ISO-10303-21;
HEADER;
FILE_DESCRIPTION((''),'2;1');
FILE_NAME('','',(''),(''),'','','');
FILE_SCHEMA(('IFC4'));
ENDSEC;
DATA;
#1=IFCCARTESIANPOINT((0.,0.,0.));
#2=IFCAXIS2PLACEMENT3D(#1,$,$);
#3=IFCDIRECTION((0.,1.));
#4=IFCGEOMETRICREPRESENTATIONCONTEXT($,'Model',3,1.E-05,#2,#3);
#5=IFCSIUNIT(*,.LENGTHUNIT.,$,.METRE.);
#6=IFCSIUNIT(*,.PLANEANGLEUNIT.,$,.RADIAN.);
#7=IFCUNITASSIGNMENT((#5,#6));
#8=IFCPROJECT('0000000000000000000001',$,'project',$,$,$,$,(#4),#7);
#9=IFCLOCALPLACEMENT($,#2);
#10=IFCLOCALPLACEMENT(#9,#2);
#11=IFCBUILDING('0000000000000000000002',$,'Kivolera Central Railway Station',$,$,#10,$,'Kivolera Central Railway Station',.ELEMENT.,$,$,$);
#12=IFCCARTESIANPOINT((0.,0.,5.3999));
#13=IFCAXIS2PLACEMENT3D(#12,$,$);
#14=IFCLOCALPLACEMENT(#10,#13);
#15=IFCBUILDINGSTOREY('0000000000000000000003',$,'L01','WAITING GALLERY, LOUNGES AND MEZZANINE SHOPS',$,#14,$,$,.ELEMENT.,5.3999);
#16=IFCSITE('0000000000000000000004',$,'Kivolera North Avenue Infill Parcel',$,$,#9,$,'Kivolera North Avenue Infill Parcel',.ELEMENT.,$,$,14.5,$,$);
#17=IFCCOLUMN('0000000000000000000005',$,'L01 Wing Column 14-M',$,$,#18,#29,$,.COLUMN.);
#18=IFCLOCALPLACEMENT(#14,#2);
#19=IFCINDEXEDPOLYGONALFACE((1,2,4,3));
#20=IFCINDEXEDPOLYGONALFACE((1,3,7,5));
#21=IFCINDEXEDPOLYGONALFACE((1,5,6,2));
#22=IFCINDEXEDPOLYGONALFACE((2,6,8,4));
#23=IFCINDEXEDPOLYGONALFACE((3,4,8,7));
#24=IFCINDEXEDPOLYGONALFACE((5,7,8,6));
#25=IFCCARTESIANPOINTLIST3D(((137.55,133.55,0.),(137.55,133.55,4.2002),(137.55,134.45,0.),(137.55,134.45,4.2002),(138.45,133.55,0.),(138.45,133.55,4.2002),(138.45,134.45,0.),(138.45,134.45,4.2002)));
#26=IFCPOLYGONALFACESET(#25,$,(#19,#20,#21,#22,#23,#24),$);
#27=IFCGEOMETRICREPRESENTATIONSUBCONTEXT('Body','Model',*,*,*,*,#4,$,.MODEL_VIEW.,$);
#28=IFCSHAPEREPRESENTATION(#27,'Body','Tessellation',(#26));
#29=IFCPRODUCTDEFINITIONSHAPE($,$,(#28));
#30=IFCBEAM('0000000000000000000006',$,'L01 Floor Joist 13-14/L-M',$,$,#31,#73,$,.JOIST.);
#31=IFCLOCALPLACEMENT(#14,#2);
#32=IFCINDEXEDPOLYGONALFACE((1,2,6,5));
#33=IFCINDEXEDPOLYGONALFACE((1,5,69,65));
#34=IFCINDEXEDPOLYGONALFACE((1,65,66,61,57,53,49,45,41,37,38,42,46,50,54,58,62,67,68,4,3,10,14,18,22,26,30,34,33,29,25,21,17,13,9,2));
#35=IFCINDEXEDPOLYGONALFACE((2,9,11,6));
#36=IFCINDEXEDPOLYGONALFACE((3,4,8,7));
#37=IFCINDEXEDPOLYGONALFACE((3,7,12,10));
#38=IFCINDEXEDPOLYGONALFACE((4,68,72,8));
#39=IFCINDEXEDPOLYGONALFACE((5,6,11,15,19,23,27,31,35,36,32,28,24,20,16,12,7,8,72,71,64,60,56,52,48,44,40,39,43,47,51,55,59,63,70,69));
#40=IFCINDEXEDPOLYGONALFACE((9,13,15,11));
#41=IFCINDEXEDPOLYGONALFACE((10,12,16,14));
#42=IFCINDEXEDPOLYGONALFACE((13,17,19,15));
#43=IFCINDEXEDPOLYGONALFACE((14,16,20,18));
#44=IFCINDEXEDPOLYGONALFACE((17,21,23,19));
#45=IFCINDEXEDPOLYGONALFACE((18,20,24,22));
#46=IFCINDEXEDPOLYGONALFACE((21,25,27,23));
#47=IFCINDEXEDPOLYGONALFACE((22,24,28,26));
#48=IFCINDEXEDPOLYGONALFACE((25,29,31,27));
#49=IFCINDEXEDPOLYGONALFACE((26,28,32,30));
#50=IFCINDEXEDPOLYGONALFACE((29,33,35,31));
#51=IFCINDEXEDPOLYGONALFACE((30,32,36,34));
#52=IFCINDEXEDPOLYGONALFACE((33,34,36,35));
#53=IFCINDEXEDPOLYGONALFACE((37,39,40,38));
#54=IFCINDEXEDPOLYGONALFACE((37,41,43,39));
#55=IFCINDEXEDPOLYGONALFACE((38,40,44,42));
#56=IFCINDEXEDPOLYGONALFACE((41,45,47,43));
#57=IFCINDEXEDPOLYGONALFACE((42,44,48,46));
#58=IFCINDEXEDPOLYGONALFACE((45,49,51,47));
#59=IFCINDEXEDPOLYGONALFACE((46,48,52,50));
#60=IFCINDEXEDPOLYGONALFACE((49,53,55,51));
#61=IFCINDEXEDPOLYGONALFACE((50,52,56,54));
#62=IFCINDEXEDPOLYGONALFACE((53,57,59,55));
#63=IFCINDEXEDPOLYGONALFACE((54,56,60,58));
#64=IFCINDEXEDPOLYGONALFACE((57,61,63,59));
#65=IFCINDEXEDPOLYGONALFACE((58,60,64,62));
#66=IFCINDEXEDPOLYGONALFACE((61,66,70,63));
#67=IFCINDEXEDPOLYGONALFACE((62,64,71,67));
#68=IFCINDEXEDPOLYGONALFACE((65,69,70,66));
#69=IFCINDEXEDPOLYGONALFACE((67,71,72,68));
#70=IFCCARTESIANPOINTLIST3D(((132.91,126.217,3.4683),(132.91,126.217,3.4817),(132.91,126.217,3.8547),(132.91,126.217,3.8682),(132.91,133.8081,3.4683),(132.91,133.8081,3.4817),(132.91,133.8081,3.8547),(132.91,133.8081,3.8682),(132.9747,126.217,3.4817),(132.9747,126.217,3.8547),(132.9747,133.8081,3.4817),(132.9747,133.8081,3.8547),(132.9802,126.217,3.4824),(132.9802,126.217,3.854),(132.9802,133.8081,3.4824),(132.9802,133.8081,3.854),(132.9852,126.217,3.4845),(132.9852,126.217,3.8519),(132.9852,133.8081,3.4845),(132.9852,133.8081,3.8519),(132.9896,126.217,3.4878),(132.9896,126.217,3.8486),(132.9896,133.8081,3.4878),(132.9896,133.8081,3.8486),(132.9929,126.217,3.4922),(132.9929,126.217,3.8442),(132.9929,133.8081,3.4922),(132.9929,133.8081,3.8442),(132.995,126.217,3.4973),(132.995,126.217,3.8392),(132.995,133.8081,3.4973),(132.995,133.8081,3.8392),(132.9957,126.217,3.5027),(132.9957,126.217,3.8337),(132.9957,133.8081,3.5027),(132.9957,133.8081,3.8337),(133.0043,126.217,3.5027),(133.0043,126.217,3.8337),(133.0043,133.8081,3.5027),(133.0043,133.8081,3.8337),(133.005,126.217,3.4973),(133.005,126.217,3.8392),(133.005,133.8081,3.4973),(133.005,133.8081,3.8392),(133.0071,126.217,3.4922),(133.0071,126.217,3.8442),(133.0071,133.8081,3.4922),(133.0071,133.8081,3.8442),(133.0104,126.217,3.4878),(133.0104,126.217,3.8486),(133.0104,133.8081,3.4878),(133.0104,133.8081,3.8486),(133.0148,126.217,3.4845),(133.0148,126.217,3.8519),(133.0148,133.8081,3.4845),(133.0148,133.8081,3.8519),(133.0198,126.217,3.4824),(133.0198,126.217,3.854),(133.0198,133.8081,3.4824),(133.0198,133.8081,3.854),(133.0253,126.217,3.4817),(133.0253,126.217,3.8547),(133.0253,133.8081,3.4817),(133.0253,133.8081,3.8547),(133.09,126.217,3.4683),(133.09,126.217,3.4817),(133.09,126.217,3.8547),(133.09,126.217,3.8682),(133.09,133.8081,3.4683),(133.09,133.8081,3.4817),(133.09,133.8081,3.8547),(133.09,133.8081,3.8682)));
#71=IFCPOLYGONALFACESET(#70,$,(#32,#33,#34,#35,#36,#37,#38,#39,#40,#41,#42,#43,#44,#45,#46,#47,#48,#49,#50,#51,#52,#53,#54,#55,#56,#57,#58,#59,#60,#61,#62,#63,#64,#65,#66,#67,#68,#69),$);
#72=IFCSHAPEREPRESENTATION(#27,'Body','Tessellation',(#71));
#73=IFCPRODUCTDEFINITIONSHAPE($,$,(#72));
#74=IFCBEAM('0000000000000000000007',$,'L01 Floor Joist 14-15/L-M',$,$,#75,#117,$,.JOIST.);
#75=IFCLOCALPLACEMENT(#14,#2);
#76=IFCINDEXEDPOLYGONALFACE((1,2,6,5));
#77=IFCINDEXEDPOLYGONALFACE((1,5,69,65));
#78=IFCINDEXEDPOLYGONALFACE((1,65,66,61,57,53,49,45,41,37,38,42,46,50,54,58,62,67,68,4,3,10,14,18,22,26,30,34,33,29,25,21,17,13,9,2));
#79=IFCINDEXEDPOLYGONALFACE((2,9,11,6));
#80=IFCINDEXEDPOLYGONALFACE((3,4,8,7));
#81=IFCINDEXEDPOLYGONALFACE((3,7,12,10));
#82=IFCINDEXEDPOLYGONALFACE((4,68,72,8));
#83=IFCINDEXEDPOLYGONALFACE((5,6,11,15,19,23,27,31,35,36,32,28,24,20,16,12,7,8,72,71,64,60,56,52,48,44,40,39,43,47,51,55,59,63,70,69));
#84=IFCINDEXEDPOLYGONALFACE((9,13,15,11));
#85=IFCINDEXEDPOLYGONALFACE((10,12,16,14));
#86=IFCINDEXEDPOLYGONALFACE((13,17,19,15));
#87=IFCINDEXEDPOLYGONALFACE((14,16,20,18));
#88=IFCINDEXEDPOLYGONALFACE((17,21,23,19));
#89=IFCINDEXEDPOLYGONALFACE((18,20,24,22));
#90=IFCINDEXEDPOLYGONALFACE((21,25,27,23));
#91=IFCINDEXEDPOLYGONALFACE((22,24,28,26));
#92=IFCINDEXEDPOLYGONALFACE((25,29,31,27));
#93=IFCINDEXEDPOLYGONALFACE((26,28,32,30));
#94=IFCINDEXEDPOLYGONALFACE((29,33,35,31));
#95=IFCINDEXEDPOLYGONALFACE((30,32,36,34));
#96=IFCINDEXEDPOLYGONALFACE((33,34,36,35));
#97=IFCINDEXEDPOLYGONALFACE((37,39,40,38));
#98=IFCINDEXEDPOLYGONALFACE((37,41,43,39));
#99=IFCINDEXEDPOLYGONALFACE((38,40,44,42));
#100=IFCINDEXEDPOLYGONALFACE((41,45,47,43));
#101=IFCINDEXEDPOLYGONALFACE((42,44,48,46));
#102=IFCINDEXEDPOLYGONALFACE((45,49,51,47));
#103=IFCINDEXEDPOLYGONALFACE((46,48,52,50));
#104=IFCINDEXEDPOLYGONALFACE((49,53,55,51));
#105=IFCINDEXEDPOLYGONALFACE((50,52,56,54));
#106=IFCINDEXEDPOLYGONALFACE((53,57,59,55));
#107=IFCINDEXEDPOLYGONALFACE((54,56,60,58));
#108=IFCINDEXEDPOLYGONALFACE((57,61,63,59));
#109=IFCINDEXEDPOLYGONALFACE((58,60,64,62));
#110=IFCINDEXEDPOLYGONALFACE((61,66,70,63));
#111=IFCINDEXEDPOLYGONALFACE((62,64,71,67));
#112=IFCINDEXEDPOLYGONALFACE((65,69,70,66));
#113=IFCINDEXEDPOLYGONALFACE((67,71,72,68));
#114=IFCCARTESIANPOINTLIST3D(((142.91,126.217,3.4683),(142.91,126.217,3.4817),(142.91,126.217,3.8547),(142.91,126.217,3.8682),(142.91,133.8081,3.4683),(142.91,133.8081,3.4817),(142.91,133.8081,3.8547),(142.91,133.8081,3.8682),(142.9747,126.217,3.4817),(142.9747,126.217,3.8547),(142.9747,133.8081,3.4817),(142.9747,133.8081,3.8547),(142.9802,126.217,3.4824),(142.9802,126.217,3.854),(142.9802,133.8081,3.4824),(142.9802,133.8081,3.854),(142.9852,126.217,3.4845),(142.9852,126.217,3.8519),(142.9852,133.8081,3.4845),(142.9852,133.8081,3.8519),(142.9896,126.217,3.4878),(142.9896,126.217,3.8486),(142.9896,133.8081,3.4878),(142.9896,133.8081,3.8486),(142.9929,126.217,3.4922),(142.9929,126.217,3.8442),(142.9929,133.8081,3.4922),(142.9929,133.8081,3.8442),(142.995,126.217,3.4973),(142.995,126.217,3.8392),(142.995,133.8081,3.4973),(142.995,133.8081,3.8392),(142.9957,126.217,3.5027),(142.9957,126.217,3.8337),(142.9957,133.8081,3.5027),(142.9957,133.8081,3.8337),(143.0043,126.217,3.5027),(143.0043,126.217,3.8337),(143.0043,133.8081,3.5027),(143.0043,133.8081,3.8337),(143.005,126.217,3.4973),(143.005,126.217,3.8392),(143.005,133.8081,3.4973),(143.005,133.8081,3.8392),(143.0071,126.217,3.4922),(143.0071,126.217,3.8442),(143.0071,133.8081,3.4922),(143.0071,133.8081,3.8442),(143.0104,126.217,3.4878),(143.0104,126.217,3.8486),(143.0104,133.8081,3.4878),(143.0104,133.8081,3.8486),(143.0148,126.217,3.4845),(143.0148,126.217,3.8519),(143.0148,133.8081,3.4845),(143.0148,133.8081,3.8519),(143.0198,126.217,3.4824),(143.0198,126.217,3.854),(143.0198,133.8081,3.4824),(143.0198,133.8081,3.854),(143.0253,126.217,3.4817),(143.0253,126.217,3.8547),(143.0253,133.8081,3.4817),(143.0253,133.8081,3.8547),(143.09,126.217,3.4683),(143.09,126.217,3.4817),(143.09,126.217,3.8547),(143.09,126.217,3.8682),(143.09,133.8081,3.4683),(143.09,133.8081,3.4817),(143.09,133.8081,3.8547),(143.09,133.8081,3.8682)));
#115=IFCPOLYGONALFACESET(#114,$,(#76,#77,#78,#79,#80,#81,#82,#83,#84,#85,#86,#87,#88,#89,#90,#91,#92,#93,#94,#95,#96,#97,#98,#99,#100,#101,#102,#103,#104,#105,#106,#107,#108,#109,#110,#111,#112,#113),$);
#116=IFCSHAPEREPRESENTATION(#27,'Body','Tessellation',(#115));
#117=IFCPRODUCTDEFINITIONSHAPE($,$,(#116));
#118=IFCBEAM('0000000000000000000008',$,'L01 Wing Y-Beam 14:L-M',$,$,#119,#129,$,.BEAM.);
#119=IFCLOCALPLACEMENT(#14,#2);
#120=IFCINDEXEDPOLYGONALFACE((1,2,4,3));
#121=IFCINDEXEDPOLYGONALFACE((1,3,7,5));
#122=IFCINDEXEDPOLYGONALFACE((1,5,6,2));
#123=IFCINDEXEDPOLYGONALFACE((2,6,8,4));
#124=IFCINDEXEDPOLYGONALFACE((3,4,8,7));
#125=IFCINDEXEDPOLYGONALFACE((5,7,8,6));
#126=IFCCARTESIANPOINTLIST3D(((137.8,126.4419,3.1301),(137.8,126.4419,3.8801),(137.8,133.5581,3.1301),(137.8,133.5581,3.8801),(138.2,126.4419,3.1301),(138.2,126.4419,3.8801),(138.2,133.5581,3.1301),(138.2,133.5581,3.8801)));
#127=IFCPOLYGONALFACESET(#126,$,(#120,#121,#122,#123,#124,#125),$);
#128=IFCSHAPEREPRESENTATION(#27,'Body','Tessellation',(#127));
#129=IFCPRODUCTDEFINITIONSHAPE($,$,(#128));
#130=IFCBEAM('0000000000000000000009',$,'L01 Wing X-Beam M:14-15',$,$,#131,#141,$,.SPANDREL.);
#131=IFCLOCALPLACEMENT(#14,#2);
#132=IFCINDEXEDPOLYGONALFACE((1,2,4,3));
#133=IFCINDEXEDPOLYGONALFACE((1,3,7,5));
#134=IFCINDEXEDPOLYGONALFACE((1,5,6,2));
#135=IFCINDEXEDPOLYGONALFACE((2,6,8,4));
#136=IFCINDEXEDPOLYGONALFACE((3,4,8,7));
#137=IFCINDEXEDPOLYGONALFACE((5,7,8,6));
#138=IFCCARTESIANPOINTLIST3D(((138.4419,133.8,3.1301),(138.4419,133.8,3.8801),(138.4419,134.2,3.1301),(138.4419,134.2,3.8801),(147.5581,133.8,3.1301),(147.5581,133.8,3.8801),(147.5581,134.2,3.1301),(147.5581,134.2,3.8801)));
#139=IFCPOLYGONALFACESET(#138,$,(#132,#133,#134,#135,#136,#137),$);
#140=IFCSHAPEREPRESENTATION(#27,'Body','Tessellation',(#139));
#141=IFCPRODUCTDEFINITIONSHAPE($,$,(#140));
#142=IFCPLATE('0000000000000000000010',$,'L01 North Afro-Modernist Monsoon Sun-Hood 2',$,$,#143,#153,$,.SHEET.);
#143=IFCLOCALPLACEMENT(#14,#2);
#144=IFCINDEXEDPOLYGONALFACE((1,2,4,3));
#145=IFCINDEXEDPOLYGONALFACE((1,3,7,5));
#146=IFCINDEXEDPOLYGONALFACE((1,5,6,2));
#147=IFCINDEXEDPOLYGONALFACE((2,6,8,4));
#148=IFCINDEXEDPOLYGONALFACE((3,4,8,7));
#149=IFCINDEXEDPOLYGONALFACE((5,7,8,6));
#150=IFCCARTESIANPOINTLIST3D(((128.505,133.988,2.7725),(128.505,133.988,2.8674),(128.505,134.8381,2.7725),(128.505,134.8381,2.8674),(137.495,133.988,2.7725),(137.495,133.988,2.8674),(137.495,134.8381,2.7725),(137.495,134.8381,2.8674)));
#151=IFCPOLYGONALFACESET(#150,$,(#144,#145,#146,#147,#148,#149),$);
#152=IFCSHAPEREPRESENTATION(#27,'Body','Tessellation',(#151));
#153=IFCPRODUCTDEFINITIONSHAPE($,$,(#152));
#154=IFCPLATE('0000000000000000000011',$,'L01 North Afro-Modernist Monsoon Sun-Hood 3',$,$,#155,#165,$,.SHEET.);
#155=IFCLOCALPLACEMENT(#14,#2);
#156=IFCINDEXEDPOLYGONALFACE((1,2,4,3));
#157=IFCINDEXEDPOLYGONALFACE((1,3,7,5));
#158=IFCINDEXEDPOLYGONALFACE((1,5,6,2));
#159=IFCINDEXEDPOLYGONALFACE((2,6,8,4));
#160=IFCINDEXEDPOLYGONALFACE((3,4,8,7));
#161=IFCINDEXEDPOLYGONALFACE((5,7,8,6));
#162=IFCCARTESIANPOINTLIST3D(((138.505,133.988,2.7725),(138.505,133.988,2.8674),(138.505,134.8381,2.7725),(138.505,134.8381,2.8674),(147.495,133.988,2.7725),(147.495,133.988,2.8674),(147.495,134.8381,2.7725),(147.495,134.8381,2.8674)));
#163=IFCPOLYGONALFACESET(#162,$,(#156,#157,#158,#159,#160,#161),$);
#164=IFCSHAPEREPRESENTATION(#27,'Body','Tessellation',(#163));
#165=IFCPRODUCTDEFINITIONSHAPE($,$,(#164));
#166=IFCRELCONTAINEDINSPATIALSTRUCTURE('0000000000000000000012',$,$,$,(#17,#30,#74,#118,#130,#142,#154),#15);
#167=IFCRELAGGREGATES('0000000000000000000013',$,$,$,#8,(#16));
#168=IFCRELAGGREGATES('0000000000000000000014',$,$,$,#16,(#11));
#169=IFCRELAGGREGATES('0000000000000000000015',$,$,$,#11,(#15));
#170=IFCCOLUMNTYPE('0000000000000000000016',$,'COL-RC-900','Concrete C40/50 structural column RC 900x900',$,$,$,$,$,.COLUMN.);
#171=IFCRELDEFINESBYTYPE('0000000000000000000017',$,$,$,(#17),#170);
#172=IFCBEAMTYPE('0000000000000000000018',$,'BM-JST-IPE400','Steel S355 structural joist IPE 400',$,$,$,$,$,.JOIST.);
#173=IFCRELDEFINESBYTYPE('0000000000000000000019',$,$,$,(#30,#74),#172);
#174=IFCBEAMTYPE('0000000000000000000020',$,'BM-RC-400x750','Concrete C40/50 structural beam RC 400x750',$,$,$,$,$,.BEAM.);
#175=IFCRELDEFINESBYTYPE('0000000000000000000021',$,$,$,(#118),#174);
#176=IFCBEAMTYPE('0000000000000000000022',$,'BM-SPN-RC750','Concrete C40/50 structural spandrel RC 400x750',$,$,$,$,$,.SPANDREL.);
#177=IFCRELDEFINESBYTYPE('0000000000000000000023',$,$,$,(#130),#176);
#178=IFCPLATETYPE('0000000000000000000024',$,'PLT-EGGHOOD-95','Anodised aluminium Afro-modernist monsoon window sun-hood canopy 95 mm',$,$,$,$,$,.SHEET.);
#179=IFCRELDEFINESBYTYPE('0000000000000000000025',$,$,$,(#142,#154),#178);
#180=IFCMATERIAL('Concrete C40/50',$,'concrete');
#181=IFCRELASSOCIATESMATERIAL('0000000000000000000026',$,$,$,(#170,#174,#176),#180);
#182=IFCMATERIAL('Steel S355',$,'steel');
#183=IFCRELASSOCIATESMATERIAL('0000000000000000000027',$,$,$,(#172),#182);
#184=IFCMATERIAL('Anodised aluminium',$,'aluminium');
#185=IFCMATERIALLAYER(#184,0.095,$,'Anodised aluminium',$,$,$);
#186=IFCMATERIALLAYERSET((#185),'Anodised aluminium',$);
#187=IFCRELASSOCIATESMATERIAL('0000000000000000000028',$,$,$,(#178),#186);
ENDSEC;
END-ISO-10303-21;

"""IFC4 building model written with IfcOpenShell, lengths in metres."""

from ifc_helpers import new_model, si_unit, direction, frame, origin, origin_2d, place, context, subcontext, project, spatial, rectangle, i_section, extrude, material, layer, layer_set, material_profile, profile_set, type_object, element, save


model = new_model("IFC4")

# Units and contexts
model_context = context("Model", 3, precision=1e-05, world=origin(), true_north=direction((0.0, 1.0)))
body_context = subcontext(model_context, "Body", "Model", "MODEL_VIEW")
ifc_project = project(units=[si_unit("LENGTHUNIT", "METRE"), si_unit("PLANEANGLEUNIT", "RADIAN")], contexts=[model_context])

# Site, building, storey
site_placement = place(None, origin())
site = spatial("IfcSite", under=ifc_project, at=site_placement, Name="Kivolera North Avenue Infill Parcel", LongName="Kivolera North Avenue Infill Parcel", CompositionType="ELEMENT", RefElevation=14.5)
building_placement = place(site_placement, origin())
building = spatial("IfcBuilding", under=site, at=building_placement, Name="Kivolera Central Railway Station", LongName="Kivolera Central Railway Station", CompositionType="ELEMENT")
storey_placement = place(building_placement, frame((0.0, 0.0, 5.3999)))
storey = spatial("IfcBuildingStorey", under=building, at=storey_placement, Name="L01", Description="WAITING GALLERY, LOUNGES AND MEZZANINE SHOPS", CompositionType="ELEMENT", Elevation=5.3999)

# Column
ifc_material_1 = material(Name="Concrete C40/50", Category="concrete")
ifc_material_profile_1 = material_profile(ifc_material_1, rectangle(XDim=0.8999, YDim=0.8999, at=origin_2d()), Name="RC 900x900")
ifc_profile_set_1 = profile_set([ifc_material_profile_1], Name="Concrete C40/50")
column_type = type_object("IfcColumnType", Name="COL-RC-900", Description="Concrete C40/50 structural column RC 900x900", PredefinedType="COLUMN", material=ifc_profile_set_1)
column_placement = place(storey_placement, frame((138.0, 134.0, 0.0), z_axis=(0.0, 0.0, 1.0), x_axis=(1.0, 0.0, 0.0)))
element("IfcColumn", 1, at=column_placement, inside=storey, type_object=column_type, Name="L01 Wing Column 14-M", PredefinedType="COLUMN", context=body_context, shape_type="SweptSolid", body=[
    extrude(rectangle(XDim=0.8999, YDim=0.8999, at=origin_2d()), origin(), (0.0, 0.0, 1.0), 4.2002),
])

# Beams
ifc_material_2 = material(Name="Steel S355", Category="steel")
ifc_material_profile_2 = material_profile(ifc_material_2, i_section(OverallWidth=0.1799, OverallDepth=0.3999, WebThickness=0.0085, FlangeThickness=0.0134, FilletRadius=0.021, at=origin_2d()), Name="IPE 400")
ifc_profile_set_2 = profile_set([ifc_material_profile_2], Name="Steel S355")
beam_type_1 = type_object("IfcBeamType", Name="BM-JST-IPE400", Description="Steel S355 structural joist IPE 400", PredefinedType="JOIST", material=ifc_profile_set_2)
for number, where, z_axis, x_axis, name in (
    (2, (133.0, 126.217, 3.6682), (0.0, 1.0, 0.0), (-1.0, 0.0, 0.0), "L01 Floor Joist 13-14/L-M"),
    (3, (143.0, 126.217, 3.6682), (0.0, 1.0, 0.0), (-1.0, 0.0, 0.0), "L01 Floor Joist 14-15/L-M"),
):
    element("IfcBeam", number, at=place(storey_placement, frame(where, z_axis=z_axis, x_axis=x_axis)), inside=storey, type_object=beam_type_1, Name=name, PredefinedType="JOIST", context=body_context, shape_type="SweptSolid", body=[
        extrude(i_section(OverallWidth=0.1799, OverallDepth=0.3999, WebThickness=0.0085, FlangeThickness=0.0134, FilletRadius=0.021, at=origin_2d()), origin(), (0.0, 0.0, 1.0), 7.5911),
    ])
ifc_material_profile_3 = material_profile(ifc_material_1, rectangle(XDim=0.3999, YDim=0.75, at=origin_2d()), Name="RC 400x750")
ifc_profile_set_3 = profile_set([ifc_material_profile_3], Name="Concrete C40/50")
beam_type_2 = type_object("IfcBeamType", Name="BM-RC-400x750", Description="Concrete C40/50 structural beam RC 400x750", PredefinedType="BEAM", material=ifc_profile_set_3)
beam_1_placement = place(storey_placement, frame((138.0, 126.4419, 3.5051), z_axis=(0.0, 1.0, 0.0), x_axis=(-1.0, 0.0, 0.0)))
element("IfcBeam", 4, at=beam_1_placement, inside=storey, type_object=beam_type_2, Name="L01 Wing Y-Beam 14:L-M", PredefinedType="BEAM", context=body_context, shape_type="SweptSolid", body=[
    extrude(rectangle(XDim=0.3999, YDim=0.75, at=origin_2d()), origin(), (0.0, 0.0, 1.0), 7.1162),
])
ifc_material_profile_4 = material_profile(ifc_material_1, rectangle(XDim=0.3999, YDim=0.75, at=origin_2d()), Name="RC 400x750")
ifc_profile_set_4 = profile_set([ifc_material_profile_4], Name="Concrete C40/50")
beam_type_3 = type_object("IfcBeamType", Name="BM-SPN-RC750", Description="Concrete C40/50 structural spandrel RC 400x750", PredefinedType="SPANDREL", material=ifc_profile_set_4)
beam_2_placement = place(storey_placement, frame((138.4419, 134.0, 3.5051), z_axis=(1.0, 0.0, 0.0), x_axis=(0.0, 1.0, 0.0)))
element("IfcBeam", 5, at=beam_2_placement, inside=storey, type_object=beam_type_3, Name="L01 Wing X-Beam M:14-15", PredefinedType="SPANDREL", context=body_context, shape_type="SweptSolid", body=[
    extrude(rectangle(XDim=0.3999, YDim=0.75, at=origin_2d()), origin(), (0.0, 0.0, 1.0), 9.1162),
])

# Plates
ifc_material_3 = material(Name="Anodised aluminium", Category="aluminium")
ifc_layer_1 = layer(ifc_material_3, 0.095, Name="Anodised aluminium")
ifc_layer_set_1 = layer_set([ifc_layer_1], Name="Anodised aluminium")
plate_type = type_object("IfcPlateType", Name="PLT-EGGHOOD-95", Description="Anodised aluminium Afro-modernist monsoon window sun-hood canopy 95 mm", PredefinedType="SHEET", material=ifc_layer_set_1)
for number, where, z_axis, x_axis, name in (
    (6, (133.0, 134.4131, 2.7725), (0.0, 0.0, 1.0), (1.0, 0.0, 0.0), "L01 North Afro-Modernist Monsoon Sun-Hood 2"),
    (7, (143.0, 134.4131, 2.7725), (0.0, 0.0, 1.0), (1.0, 0.0, 0.0), "L01 North Afro-Modernist Monsoon Sun-Hood 3"),
):
    element("IfcPlate", number, at=place(storey_placement, frame(where, z_axis=z_axis, x_axis=x_axis)), inside=storey, type_object=plate_type, Name=name, PredefinedType="SHEET", context=body_context, shape_type="SweptSolid", body=[
        extrude(rectangle(XDim=8.99, YDim=0.8501, at=origin_2d()), origin(), (0.0, 0.0, 1.0), 0.095),
    ])

save(model, "model.ifc")
